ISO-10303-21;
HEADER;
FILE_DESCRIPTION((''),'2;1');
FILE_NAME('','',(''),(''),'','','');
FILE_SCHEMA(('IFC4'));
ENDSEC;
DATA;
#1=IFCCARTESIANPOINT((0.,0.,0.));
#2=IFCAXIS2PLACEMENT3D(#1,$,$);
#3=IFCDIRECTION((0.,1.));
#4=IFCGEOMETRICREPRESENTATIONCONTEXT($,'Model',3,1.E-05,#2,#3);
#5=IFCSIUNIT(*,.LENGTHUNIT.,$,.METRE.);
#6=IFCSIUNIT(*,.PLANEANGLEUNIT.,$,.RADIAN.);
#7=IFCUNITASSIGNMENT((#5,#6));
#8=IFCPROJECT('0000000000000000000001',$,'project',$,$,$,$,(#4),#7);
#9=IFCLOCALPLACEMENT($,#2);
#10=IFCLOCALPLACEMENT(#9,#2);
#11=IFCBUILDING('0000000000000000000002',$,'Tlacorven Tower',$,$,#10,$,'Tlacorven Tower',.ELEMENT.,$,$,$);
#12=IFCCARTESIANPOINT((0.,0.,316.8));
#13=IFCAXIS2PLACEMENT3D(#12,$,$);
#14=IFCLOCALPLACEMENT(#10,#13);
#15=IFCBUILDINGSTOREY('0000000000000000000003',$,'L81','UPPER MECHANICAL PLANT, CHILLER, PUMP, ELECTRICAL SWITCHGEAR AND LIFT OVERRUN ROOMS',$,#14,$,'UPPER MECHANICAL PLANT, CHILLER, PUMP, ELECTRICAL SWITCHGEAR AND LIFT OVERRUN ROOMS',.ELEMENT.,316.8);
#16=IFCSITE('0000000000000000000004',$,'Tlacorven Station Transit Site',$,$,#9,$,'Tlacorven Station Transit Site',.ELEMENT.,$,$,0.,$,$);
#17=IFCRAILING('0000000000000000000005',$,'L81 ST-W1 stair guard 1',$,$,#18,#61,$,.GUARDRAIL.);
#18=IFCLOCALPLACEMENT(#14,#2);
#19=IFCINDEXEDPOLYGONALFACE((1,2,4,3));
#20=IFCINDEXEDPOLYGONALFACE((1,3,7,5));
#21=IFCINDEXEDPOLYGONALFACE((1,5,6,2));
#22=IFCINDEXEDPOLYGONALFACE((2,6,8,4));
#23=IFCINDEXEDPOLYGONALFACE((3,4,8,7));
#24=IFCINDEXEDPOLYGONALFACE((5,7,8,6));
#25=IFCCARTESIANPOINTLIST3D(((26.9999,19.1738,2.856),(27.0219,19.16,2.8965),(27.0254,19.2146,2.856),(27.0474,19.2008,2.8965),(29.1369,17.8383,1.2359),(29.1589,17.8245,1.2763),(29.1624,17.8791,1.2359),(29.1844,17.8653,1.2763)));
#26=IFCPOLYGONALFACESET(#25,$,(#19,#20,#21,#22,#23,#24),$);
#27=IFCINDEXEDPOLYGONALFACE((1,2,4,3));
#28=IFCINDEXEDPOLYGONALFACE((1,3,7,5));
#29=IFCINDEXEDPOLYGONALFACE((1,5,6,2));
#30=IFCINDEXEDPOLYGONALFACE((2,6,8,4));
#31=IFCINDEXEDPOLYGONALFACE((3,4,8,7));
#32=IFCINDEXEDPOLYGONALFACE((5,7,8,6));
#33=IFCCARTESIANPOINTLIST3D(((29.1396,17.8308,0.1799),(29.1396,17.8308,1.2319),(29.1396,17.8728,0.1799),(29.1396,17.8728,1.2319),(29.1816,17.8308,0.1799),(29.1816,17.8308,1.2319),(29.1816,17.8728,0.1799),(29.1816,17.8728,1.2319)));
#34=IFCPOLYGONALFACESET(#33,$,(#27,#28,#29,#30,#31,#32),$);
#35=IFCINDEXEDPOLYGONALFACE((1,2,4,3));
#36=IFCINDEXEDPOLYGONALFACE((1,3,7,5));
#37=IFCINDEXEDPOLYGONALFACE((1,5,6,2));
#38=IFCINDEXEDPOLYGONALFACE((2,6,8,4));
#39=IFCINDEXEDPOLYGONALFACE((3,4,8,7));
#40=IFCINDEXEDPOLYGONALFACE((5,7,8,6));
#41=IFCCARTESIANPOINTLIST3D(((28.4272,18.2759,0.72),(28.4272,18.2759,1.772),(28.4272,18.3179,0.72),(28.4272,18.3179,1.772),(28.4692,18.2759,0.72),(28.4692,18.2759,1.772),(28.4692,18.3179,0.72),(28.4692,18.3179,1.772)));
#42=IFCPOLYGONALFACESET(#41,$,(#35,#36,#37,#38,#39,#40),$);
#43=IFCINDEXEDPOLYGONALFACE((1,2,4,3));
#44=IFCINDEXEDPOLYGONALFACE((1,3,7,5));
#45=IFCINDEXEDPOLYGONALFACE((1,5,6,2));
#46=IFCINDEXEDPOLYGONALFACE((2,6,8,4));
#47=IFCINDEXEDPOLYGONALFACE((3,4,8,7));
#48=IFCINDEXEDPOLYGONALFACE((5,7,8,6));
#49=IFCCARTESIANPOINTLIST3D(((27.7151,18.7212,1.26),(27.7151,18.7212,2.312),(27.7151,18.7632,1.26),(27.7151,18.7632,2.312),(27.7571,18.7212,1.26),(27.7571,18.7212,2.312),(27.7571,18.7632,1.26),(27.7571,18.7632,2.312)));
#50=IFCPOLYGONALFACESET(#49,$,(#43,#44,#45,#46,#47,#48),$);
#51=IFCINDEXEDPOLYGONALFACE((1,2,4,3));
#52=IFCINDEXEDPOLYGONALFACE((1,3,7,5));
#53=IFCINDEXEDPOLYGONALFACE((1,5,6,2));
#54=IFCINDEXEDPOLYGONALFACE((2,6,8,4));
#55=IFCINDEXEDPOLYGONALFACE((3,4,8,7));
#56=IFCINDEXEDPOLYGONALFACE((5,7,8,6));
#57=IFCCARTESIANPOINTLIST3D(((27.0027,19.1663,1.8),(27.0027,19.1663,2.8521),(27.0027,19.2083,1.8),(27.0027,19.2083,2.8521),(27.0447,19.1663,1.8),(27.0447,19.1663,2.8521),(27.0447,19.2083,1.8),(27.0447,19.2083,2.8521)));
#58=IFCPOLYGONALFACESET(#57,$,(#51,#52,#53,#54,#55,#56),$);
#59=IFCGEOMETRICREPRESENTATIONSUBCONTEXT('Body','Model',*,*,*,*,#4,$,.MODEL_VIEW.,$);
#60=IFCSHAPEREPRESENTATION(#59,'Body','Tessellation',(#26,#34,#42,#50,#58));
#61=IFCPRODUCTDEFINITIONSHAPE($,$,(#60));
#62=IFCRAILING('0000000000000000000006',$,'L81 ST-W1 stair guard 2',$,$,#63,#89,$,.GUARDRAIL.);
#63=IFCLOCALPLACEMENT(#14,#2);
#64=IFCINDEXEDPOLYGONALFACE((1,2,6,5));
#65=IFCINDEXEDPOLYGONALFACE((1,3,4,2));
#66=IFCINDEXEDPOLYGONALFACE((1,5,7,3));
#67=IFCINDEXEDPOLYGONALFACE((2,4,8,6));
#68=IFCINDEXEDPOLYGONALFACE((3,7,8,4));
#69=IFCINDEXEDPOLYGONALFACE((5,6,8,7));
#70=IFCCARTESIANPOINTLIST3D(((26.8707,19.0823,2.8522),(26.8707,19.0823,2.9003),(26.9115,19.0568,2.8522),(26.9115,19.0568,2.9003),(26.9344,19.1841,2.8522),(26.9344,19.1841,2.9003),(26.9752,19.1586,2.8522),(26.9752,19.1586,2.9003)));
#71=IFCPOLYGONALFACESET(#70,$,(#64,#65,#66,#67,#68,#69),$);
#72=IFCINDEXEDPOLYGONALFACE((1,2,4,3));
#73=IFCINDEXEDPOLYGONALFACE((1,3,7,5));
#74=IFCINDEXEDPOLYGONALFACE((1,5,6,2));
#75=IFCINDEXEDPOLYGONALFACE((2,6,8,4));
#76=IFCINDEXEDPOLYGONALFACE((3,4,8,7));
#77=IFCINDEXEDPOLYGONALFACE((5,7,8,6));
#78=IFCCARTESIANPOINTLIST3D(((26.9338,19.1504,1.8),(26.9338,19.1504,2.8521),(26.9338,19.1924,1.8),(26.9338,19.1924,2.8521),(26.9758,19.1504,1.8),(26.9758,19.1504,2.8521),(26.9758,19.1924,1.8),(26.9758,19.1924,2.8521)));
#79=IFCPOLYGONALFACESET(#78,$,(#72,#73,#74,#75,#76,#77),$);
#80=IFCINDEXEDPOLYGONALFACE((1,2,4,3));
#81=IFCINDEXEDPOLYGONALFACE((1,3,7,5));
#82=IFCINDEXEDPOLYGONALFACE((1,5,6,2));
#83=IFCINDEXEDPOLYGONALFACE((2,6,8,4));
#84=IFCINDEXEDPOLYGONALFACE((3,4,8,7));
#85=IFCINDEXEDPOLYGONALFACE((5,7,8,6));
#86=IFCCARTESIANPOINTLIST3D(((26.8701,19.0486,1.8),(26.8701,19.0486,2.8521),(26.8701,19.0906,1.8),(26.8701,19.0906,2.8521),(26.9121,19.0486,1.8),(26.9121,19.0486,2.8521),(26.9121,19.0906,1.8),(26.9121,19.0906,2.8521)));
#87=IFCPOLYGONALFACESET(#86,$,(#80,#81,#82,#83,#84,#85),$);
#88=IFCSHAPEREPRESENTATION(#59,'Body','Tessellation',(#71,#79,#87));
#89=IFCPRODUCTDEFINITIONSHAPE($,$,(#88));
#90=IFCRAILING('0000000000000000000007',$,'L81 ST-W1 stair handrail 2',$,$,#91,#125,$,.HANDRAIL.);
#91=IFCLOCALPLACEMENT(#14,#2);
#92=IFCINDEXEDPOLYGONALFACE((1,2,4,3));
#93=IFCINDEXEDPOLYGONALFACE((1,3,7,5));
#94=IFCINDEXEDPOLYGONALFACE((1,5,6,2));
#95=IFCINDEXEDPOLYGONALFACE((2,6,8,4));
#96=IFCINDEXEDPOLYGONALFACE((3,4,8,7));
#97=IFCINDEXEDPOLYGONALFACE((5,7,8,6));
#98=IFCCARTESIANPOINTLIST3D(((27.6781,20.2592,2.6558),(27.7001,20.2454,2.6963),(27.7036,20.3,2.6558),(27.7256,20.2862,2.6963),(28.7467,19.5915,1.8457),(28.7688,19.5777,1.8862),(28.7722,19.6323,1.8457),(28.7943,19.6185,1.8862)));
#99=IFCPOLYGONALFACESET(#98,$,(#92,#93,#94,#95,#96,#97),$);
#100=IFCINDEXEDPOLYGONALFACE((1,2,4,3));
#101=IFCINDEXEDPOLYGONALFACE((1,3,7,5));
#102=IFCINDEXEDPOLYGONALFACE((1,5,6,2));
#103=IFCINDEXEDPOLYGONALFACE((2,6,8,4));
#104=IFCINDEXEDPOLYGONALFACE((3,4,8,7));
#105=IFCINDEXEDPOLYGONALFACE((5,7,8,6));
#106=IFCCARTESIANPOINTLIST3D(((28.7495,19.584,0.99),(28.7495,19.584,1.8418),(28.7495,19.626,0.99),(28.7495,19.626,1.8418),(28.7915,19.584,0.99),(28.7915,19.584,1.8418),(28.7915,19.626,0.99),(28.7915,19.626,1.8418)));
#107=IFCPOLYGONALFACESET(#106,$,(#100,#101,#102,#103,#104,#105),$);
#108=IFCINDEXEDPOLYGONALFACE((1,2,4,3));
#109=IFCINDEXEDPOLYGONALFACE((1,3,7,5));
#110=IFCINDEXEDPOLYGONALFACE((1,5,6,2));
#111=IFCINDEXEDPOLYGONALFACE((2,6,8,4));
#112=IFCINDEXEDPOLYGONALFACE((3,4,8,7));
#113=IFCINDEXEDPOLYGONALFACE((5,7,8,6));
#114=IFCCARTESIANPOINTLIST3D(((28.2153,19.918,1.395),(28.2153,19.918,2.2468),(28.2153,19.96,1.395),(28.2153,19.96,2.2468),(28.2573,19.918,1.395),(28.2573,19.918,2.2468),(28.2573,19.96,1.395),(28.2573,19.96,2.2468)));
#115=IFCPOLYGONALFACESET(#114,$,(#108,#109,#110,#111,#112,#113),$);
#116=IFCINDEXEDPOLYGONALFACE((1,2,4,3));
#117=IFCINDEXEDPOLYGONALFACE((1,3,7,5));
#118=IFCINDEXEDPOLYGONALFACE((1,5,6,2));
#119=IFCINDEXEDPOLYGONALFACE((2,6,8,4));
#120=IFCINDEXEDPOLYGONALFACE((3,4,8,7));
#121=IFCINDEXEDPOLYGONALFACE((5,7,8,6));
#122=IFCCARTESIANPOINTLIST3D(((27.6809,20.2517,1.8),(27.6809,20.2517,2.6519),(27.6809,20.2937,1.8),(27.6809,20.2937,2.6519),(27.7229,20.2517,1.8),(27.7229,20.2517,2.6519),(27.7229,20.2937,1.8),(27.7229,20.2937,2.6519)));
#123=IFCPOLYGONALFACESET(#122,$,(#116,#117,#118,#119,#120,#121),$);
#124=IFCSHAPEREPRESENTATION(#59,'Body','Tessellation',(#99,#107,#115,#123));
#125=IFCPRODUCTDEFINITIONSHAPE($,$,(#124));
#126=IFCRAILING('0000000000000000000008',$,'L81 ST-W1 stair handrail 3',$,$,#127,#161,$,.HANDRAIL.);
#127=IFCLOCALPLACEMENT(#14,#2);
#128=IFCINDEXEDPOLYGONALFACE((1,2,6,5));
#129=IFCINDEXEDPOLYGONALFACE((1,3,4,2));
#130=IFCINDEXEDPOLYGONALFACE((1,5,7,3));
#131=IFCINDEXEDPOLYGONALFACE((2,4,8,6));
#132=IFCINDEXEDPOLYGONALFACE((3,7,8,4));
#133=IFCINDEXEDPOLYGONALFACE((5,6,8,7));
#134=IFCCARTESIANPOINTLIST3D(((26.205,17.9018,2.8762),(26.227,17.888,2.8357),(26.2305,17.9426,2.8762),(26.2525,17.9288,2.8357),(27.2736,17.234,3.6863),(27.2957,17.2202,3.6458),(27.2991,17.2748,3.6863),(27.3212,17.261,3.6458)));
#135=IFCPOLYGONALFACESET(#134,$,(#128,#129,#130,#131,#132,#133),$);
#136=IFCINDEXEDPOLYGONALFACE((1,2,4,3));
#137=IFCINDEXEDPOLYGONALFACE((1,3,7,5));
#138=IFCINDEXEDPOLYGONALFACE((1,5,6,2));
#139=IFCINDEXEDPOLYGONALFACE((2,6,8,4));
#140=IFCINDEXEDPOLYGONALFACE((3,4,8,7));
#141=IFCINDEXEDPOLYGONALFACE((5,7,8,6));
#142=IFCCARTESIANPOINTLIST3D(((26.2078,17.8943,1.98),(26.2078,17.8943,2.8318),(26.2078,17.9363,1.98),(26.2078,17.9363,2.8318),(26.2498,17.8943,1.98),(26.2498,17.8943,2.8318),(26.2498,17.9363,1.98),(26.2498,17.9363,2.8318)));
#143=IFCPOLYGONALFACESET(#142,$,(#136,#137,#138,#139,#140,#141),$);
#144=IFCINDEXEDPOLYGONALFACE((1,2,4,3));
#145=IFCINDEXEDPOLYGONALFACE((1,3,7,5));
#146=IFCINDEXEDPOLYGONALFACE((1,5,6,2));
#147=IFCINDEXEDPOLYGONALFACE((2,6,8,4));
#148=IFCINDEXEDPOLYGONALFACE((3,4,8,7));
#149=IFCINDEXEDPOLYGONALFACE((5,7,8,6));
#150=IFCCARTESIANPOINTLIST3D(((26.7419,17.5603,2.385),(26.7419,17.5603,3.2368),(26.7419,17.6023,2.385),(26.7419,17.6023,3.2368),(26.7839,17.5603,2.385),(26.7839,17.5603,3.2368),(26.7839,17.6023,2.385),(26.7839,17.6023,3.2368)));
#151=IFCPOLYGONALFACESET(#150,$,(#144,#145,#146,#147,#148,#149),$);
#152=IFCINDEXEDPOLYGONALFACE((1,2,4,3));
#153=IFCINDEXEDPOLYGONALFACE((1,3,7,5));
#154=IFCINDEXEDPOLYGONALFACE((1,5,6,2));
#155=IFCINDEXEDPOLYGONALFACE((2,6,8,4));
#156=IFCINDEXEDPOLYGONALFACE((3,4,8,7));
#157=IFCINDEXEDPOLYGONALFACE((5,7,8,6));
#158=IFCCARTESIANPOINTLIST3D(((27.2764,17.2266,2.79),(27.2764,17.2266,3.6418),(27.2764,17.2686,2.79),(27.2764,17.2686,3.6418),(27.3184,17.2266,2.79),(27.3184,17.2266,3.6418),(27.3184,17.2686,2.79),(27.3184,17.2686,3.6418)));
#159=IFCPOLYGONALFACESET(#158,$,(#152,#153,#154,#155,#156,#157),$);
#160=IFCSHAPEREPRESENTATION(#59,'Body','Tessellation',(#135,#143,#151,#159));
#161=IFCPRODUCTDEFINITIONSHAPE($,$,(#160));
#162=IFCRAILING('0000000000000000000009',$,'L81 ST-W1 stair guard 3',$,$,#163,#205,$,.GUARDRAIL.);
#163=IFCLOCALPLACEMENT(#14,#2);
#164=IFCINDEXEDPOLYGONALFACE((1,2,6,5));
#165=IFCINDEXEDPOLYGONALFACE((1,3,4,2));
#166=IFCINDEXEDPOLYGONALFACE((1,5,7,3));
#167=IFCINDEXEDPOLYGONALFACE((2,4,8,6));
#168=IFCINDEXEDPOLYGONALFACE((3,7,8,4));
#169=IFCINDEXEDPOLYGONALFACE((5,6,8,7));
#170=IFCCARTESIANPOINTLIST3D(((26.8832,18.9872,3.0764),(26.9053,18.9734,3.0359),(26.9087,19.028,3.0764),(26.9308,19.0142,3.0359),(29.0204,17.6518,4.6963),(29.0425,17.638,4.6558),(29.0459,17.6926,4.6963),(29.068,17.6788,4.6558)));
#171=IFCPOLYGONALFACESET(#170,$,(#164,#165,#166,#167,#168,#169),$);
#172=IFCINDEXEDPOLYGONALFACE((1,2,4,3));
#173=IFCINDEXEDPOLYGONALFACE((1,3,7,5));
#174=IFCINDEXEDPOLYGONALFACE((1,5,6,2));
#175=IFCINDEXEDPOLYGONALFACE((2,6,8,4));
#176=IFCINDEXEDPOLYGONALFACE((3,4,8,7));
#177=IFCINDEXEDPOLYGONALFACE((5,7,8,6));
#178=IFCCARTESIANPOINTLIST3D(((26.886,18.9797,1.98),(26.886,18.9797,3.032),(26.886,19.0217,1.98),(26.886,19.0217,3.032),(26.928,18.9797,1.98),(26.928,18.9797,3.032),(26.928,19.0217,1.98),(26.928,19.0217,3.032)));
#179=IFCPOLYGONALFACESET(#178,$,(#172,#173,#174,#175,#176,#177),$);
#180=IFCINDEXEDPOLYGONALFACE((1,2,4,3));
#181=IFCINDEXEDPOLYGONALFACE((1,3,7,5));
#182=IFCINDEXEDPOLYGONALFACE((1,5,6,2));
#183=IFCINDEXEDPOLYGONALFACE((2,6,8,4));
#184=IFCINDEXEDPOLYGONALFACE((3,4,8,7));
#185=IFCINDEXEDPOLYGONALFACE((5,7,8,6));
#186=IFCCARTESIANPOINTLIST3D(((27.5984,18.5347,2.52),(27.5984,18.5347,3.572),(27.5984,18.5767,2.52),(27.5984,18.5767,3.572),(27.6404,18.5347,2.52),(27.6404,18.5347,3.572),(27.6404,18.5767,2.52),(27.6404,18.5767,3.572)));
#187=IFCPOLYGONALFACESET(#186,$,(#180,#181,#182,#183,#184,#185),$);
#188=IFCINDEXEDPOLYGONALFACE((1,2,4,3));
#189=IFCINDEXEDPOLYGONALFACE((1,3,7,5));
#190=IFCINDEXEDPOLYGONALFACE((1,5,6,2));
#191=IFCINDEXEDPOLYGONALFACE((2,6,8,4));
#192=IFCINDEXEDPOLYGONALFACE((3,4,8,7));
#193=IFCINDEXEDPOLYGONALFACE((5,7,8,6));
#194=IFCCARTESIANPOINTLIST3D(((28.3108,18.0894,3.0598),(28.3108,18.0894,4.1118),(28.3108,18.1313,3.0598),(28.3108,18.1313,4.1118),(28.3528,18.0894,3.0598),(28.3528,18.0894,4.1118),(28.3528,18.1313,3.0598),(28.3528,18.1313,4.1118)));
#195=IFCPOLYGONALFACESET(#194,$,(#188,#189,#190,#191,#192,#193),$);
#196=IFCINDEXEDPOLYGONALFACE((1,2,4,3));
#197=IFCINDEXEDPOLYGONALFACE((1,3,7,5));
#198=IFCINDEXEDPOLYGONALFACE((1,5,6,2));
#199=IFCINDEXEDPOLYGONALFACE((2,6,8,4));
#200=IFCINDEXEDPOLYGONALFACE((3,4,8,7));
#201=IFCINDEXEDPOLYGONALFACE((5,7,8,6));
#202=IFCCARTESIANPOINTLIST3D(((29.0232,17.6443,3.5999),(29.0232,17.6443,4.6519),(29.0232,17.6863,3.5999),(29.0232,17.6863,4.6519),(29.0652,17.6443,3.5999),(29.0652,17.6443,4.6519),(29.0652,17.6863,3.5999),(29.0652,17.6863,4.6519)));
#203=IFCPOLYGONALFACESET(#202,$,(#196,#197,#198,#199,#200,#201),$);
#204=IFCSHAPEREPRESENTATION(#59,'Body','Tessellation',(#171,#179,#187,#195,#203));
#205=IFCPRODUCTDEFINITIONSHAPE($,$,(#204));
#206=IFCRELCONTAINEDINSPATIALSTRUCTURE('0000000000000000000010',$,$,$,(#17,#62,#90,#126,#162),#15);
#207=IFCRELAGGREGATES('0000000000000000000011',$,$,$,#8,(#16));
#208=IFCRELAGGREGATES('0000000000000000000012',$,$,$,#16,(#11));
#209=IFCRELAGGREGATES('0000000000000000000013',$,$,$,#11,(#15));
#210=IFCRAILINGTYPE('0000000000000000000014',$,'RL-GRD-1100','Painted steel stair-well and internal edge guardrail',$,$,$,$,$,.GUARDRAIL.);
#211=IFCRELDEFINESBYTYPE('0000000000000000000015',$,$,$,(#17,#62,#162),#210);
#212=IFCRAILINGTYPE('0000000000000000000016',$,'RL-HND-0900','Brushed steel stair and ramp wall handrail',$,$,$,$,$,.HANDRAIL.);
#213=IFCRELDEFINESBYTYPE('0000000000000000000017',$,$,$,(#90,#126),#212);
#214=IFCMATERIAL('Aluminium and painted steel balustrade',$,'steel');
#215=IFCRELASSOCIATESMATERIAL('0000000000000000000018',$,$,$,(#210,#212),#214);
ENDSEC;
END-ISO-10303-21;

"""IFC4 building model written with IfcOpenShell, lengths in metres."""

from ifc_helpers import new_model, si_unit, direction, frame, origin, origin_2d, place, context, subcontext, project, spatial, rectangle, extrude, source, transform, mapped, material, type_object, element, save


model = new_model("IFC4")

# Units and contexts
model_context = context("Model", 3, precision=1e-05, world=origin(), true_north=direction((0.0, 1.0)))
body_context = subcontext(model_context, "Body", "Model", "MODEL_VIEW")
ifc_project = project(units=[si_unit("LENGTHUNIT", "METRE"), si_unit("PLANEANGLEUNIT", "RADIAN")], contexts=[model_context])

# Site, building, storey
site_placement = place(None, origin())
site = spatial("IfcSite", under=ifc_project, at=site_placement, Name="Tlacorven Station Transit Site", LongName="Tlacorven Station Transit Site", CompositionType="ELEMENT", RefElevation=0.0)
building_placement = place(site_placement, origin())
building = spatial("IfcBuilding", under=site, at=building_placement, Name="Tlacorven Tower", LongName="Tlacorven Tower", CompositionType="ELEMENT")
storey_placement = place(building_placement, frame((0.0, 0.0, 316.8)))
storey = spatial("IfcBuildingStorey", under=building, at=storey_placement, Name="L81", Description="UPPER MECHANICAL PLANT, CHILLER, PUMP, ELECTRICAL SWITCHGEAR AND LIFT OVERRUN ROOMS", LongName="UPPER MECHANICAL PLANT, CHILLER, PUMP, ELECTRICAL SWITCHGEAR AND LIFT OVERRUN ROOMS", CompositionType="ELEMENT", Elevation=316.8)

# Shared definitions
ifc_material_1 = material(Name="Aluminium and painted steel balustrade", Category="steel")
railing_type_1 = type_object("IfcRailingType", Name="RL-GRD-1100", Description="Painted steel stair-well and internal edge guardrail", PredefinedType="GUARDRAIL", material=ifc_material_1)

# Railings
shared_shape_1 = source(origin(), body_context, "Body", "SweptSolid", [
    extrude(rectangle(XDim=0.0481, YDim=0.0481, at=origin_2d()), frame((0.0, 0.0, 1.0762), z_axis=(-0.71332, 0.445774, 0.540796), x_axis=(-0.529955, -0.848026, 0.0)), (0.0, 0.0, 1.0), 2.9958),
    extrude(rectangle(XDim=0.042, YDim=0.042, at=origin_2d()), origin(), (0.0, 0.0, 1.0), 1.052),
    extrude(rectangle(XDim=0.042, YDim=0.042, at=origin_2d()), frame((-0.7124, 0.4451, 0.54)), (0.0, 0.0, 1.0), 1.052),
    extrude(rectangle(XDim=0.042, YDim=0.042, at=origin_2d()), frame((-1.4246, 0.8904, 1.0801)), (0.0, 0.0, 1.0), 1.052),
    extrude(rectangle(XDim=0.042, YDim=0.042, at=origin_2d()), frame((-2.137, 1.3354, 1.6201)), (0.0, 0.0, 1.0), 1.052),
])
railing_1_placement = place(storey_placement, frame((29.1606, 17.8518, 0.1799)))
element("IfcRailing", 1, at=railing_1_placement, inside=storey, type_object=railing_type_1, Name="L81 ST-W1 stair guard 1", PredefinedType="GUARDRAIL", context=body_context, shape_type="MappedRepresentation", body=[
    mapped(shared_shape_1, transform((0.0, 0.0, 0.0), scale=1.0)),
])
shared_shape_2 = source(origin(), body_context, "Body", "SweptSolid", [
    extrude(rectangle(XDim=0.0481, YDim=0.0481, at=origin_2d()), frame((0.0, 0.0, 1.0762), z_axis=(-0.530547, -0.847656, 0.0), x_axis=(0.847656, -0.530547, 0.0)), (0.0, 0.0, 1.0), 0.1201),
    extrude(rectangle(XDim=0.042, YDim=0.042, at=origin_2d()), origin(), (0.0, 0.0, 1.0), 1.052),
    extrude(rectangle(XDim=0.042, YDim=0.042, at=origin_2d()), frame((-0.0637, -0.1018, 0.0)), (0.0, 0.0, 1.0), 1.052),
])
railing_2_placement = place(storey_placement, frame((26.9548, 19.1714, 1.8)))
element("IfcRailing", 2, at=railing_2_placement, inside=storey, type_object=railing_type_1, Name="L81 ST-W1 stair guard 2", PredefinedType="GUARDRAIL", context=body_context, shape_type="MappedRepresentation", body=[
    mapped(shared_shape_2, transform((0.0, 0.0, 0.0), scale=1.0)),
])
railing_type_2 = type_object("IfcRailingType", Name="RL-HND-0900", Description="Brushed steel stair and ramp wall handrail", PredefinedType="HANDRAIL", material=ifc_material_1)
shared_shape_3 = source(origin(), body_context, "Body", "SweptSolid", [
    extrude(rectangle(XDim=0.0481, YDim=0.0481, at=origin_2d()), frame((0.0, 0.0, 0.876), z_axis=(-0.71336, 0.445748, 0.540765), x_axis=(-0.529912, -0.848053, 0.0)), (0.0, 0.0, 1.0), 1.498),
    extrude(rectangle(XDim=0.042, YDim=0.042, at=origin_2d()), origin(), (0.0, 0.0, 1.0), 0.8518),
    extrude(rectangle(XDim=0.042, YDim=0.042, at=origin_2d()), frame((-0.5342, 0.334, 0.405)), (0.0, 0.0, 1.0), 0.8518),
    extrude(rectangle(XDim=0.042, YDim=0.042, at=origin_2d()), frame((-1.0686, 0.6677, 0.8101)), (0.0, 0.0, 1.0), 0.8518),
])
railing_3_placement = place(storey_placement, frame((28.7705, 19.605, 0.99)))
element("IfcRailing", 3, at=railing_3_placement, inside=storey, type_object=railing_type_2, Name="L81 ST-W1 stair handrail 2", PredefinedType="HANDRAIL", context=body_context, shape_type="MappedRepresentation", body=[
    mapped(shared_shape_3, transform((0.0, 0.0, 0.0), scale=1.0)),
])
shared_shape_4 = source(origin(), body_context, "Body", "SweptSolid", [
    extrude(rectangle(XDim=0.0481, YDim=0.0481, at=origin_2d()), frame((0.0, 0.0, 0.876), z_axis=(0.71336, -0.445748, 0.540765), x_axis=(0.529912, 0.848053, 0.0)), (0.0, 0.0, 1.0), 1.498),
    extrude(rectangle(XDim=0.042, YDim=0.042, at=origin_2d()), origin(), (0.0, 0.0, 1.0), 0.8518),
    extrude(rectangle(XDim=0.042, YDim=0.042, at=origin_2d()), frame((0.5342, -0.334, 0.405)), (0.0, 0.0, 1.0), 0.8518),
    extrude(rectangle(XDim=0.042, YDim=0.042, at=origin_2d()), frame((1.0686, -0.6677, 0.8101)), (0.0, 0.0, 1.0), 0.8518),
])
railing_4_placement = place(storey_placement, frame((26.2288, 17.9153, 1.98)))
element("IfcRailing", 4, at=railing_4_placement, inside=storey, type_object=railing_type_2, Name="L81 ST-W1 stair handrail 3", PredefinedType="HANDRAIL", context=body_context, shape_type="MappedRepresentation", body=[
    mapped(shared_shape_4, transform((0.0, 0.0, 0.0), scale=1.0)),
])
shared_shape_5 = source(origin(), body_context, "Body", "SweptSolid", [
    extrude(rectangle(XDim=0.0481, YDim=0.0481, at=origin_2d()), frame((0.0, 0.0, 1.0762), z_axis=(0.713391, -0.445768, 0.540707), x_axis=(0.529912, 0.848053, 0.0)), (0.0, 0.0, 1.0), 2.9958),
    extrude(rectangle(XDim=0.042, YDim=0.042, at=origin_2d()), origin(), (0.0, 0.0, 1.0), 1.052),
    extrude(rectangle(XDim=0.042, YDim=0.042, at=origin_2d()), frame((0.7124, -0.4451, 0.54)), (0.0, 0.0, 1.0), 1.052),
    extrude(rectangle(XDim=0.042, YDim=0.042, at=origin_2d()), frame((1.4248, -0.8904, 1.0798)), (0.0, 0.0, 1.0), 1.052),
    extrude(rectangle(XDim=0.042, YDim=0.042, at=origin_2d()), frame((2.1372, -1.3354, 1.6199)), (0.0, 0.0, 1.0), 1.052),
])
railing_5_placement = place(storey_placement, frame((26.907, 19.0007, 1.98)))
element("IfcRailing", 5, at=railing_5_placement, inside=storey, type_object=railing_type_1, Name="L81 ST-W1 stair guard 3", PredefinedType="GUARDRAIL", context=body_context, shape_type="MappedRepresentation", body=[
    mapped(shared_shape_5, transform((0.0, 0.0, 0.0), scale=1.0)),
])

save(model, "model.ifc")
